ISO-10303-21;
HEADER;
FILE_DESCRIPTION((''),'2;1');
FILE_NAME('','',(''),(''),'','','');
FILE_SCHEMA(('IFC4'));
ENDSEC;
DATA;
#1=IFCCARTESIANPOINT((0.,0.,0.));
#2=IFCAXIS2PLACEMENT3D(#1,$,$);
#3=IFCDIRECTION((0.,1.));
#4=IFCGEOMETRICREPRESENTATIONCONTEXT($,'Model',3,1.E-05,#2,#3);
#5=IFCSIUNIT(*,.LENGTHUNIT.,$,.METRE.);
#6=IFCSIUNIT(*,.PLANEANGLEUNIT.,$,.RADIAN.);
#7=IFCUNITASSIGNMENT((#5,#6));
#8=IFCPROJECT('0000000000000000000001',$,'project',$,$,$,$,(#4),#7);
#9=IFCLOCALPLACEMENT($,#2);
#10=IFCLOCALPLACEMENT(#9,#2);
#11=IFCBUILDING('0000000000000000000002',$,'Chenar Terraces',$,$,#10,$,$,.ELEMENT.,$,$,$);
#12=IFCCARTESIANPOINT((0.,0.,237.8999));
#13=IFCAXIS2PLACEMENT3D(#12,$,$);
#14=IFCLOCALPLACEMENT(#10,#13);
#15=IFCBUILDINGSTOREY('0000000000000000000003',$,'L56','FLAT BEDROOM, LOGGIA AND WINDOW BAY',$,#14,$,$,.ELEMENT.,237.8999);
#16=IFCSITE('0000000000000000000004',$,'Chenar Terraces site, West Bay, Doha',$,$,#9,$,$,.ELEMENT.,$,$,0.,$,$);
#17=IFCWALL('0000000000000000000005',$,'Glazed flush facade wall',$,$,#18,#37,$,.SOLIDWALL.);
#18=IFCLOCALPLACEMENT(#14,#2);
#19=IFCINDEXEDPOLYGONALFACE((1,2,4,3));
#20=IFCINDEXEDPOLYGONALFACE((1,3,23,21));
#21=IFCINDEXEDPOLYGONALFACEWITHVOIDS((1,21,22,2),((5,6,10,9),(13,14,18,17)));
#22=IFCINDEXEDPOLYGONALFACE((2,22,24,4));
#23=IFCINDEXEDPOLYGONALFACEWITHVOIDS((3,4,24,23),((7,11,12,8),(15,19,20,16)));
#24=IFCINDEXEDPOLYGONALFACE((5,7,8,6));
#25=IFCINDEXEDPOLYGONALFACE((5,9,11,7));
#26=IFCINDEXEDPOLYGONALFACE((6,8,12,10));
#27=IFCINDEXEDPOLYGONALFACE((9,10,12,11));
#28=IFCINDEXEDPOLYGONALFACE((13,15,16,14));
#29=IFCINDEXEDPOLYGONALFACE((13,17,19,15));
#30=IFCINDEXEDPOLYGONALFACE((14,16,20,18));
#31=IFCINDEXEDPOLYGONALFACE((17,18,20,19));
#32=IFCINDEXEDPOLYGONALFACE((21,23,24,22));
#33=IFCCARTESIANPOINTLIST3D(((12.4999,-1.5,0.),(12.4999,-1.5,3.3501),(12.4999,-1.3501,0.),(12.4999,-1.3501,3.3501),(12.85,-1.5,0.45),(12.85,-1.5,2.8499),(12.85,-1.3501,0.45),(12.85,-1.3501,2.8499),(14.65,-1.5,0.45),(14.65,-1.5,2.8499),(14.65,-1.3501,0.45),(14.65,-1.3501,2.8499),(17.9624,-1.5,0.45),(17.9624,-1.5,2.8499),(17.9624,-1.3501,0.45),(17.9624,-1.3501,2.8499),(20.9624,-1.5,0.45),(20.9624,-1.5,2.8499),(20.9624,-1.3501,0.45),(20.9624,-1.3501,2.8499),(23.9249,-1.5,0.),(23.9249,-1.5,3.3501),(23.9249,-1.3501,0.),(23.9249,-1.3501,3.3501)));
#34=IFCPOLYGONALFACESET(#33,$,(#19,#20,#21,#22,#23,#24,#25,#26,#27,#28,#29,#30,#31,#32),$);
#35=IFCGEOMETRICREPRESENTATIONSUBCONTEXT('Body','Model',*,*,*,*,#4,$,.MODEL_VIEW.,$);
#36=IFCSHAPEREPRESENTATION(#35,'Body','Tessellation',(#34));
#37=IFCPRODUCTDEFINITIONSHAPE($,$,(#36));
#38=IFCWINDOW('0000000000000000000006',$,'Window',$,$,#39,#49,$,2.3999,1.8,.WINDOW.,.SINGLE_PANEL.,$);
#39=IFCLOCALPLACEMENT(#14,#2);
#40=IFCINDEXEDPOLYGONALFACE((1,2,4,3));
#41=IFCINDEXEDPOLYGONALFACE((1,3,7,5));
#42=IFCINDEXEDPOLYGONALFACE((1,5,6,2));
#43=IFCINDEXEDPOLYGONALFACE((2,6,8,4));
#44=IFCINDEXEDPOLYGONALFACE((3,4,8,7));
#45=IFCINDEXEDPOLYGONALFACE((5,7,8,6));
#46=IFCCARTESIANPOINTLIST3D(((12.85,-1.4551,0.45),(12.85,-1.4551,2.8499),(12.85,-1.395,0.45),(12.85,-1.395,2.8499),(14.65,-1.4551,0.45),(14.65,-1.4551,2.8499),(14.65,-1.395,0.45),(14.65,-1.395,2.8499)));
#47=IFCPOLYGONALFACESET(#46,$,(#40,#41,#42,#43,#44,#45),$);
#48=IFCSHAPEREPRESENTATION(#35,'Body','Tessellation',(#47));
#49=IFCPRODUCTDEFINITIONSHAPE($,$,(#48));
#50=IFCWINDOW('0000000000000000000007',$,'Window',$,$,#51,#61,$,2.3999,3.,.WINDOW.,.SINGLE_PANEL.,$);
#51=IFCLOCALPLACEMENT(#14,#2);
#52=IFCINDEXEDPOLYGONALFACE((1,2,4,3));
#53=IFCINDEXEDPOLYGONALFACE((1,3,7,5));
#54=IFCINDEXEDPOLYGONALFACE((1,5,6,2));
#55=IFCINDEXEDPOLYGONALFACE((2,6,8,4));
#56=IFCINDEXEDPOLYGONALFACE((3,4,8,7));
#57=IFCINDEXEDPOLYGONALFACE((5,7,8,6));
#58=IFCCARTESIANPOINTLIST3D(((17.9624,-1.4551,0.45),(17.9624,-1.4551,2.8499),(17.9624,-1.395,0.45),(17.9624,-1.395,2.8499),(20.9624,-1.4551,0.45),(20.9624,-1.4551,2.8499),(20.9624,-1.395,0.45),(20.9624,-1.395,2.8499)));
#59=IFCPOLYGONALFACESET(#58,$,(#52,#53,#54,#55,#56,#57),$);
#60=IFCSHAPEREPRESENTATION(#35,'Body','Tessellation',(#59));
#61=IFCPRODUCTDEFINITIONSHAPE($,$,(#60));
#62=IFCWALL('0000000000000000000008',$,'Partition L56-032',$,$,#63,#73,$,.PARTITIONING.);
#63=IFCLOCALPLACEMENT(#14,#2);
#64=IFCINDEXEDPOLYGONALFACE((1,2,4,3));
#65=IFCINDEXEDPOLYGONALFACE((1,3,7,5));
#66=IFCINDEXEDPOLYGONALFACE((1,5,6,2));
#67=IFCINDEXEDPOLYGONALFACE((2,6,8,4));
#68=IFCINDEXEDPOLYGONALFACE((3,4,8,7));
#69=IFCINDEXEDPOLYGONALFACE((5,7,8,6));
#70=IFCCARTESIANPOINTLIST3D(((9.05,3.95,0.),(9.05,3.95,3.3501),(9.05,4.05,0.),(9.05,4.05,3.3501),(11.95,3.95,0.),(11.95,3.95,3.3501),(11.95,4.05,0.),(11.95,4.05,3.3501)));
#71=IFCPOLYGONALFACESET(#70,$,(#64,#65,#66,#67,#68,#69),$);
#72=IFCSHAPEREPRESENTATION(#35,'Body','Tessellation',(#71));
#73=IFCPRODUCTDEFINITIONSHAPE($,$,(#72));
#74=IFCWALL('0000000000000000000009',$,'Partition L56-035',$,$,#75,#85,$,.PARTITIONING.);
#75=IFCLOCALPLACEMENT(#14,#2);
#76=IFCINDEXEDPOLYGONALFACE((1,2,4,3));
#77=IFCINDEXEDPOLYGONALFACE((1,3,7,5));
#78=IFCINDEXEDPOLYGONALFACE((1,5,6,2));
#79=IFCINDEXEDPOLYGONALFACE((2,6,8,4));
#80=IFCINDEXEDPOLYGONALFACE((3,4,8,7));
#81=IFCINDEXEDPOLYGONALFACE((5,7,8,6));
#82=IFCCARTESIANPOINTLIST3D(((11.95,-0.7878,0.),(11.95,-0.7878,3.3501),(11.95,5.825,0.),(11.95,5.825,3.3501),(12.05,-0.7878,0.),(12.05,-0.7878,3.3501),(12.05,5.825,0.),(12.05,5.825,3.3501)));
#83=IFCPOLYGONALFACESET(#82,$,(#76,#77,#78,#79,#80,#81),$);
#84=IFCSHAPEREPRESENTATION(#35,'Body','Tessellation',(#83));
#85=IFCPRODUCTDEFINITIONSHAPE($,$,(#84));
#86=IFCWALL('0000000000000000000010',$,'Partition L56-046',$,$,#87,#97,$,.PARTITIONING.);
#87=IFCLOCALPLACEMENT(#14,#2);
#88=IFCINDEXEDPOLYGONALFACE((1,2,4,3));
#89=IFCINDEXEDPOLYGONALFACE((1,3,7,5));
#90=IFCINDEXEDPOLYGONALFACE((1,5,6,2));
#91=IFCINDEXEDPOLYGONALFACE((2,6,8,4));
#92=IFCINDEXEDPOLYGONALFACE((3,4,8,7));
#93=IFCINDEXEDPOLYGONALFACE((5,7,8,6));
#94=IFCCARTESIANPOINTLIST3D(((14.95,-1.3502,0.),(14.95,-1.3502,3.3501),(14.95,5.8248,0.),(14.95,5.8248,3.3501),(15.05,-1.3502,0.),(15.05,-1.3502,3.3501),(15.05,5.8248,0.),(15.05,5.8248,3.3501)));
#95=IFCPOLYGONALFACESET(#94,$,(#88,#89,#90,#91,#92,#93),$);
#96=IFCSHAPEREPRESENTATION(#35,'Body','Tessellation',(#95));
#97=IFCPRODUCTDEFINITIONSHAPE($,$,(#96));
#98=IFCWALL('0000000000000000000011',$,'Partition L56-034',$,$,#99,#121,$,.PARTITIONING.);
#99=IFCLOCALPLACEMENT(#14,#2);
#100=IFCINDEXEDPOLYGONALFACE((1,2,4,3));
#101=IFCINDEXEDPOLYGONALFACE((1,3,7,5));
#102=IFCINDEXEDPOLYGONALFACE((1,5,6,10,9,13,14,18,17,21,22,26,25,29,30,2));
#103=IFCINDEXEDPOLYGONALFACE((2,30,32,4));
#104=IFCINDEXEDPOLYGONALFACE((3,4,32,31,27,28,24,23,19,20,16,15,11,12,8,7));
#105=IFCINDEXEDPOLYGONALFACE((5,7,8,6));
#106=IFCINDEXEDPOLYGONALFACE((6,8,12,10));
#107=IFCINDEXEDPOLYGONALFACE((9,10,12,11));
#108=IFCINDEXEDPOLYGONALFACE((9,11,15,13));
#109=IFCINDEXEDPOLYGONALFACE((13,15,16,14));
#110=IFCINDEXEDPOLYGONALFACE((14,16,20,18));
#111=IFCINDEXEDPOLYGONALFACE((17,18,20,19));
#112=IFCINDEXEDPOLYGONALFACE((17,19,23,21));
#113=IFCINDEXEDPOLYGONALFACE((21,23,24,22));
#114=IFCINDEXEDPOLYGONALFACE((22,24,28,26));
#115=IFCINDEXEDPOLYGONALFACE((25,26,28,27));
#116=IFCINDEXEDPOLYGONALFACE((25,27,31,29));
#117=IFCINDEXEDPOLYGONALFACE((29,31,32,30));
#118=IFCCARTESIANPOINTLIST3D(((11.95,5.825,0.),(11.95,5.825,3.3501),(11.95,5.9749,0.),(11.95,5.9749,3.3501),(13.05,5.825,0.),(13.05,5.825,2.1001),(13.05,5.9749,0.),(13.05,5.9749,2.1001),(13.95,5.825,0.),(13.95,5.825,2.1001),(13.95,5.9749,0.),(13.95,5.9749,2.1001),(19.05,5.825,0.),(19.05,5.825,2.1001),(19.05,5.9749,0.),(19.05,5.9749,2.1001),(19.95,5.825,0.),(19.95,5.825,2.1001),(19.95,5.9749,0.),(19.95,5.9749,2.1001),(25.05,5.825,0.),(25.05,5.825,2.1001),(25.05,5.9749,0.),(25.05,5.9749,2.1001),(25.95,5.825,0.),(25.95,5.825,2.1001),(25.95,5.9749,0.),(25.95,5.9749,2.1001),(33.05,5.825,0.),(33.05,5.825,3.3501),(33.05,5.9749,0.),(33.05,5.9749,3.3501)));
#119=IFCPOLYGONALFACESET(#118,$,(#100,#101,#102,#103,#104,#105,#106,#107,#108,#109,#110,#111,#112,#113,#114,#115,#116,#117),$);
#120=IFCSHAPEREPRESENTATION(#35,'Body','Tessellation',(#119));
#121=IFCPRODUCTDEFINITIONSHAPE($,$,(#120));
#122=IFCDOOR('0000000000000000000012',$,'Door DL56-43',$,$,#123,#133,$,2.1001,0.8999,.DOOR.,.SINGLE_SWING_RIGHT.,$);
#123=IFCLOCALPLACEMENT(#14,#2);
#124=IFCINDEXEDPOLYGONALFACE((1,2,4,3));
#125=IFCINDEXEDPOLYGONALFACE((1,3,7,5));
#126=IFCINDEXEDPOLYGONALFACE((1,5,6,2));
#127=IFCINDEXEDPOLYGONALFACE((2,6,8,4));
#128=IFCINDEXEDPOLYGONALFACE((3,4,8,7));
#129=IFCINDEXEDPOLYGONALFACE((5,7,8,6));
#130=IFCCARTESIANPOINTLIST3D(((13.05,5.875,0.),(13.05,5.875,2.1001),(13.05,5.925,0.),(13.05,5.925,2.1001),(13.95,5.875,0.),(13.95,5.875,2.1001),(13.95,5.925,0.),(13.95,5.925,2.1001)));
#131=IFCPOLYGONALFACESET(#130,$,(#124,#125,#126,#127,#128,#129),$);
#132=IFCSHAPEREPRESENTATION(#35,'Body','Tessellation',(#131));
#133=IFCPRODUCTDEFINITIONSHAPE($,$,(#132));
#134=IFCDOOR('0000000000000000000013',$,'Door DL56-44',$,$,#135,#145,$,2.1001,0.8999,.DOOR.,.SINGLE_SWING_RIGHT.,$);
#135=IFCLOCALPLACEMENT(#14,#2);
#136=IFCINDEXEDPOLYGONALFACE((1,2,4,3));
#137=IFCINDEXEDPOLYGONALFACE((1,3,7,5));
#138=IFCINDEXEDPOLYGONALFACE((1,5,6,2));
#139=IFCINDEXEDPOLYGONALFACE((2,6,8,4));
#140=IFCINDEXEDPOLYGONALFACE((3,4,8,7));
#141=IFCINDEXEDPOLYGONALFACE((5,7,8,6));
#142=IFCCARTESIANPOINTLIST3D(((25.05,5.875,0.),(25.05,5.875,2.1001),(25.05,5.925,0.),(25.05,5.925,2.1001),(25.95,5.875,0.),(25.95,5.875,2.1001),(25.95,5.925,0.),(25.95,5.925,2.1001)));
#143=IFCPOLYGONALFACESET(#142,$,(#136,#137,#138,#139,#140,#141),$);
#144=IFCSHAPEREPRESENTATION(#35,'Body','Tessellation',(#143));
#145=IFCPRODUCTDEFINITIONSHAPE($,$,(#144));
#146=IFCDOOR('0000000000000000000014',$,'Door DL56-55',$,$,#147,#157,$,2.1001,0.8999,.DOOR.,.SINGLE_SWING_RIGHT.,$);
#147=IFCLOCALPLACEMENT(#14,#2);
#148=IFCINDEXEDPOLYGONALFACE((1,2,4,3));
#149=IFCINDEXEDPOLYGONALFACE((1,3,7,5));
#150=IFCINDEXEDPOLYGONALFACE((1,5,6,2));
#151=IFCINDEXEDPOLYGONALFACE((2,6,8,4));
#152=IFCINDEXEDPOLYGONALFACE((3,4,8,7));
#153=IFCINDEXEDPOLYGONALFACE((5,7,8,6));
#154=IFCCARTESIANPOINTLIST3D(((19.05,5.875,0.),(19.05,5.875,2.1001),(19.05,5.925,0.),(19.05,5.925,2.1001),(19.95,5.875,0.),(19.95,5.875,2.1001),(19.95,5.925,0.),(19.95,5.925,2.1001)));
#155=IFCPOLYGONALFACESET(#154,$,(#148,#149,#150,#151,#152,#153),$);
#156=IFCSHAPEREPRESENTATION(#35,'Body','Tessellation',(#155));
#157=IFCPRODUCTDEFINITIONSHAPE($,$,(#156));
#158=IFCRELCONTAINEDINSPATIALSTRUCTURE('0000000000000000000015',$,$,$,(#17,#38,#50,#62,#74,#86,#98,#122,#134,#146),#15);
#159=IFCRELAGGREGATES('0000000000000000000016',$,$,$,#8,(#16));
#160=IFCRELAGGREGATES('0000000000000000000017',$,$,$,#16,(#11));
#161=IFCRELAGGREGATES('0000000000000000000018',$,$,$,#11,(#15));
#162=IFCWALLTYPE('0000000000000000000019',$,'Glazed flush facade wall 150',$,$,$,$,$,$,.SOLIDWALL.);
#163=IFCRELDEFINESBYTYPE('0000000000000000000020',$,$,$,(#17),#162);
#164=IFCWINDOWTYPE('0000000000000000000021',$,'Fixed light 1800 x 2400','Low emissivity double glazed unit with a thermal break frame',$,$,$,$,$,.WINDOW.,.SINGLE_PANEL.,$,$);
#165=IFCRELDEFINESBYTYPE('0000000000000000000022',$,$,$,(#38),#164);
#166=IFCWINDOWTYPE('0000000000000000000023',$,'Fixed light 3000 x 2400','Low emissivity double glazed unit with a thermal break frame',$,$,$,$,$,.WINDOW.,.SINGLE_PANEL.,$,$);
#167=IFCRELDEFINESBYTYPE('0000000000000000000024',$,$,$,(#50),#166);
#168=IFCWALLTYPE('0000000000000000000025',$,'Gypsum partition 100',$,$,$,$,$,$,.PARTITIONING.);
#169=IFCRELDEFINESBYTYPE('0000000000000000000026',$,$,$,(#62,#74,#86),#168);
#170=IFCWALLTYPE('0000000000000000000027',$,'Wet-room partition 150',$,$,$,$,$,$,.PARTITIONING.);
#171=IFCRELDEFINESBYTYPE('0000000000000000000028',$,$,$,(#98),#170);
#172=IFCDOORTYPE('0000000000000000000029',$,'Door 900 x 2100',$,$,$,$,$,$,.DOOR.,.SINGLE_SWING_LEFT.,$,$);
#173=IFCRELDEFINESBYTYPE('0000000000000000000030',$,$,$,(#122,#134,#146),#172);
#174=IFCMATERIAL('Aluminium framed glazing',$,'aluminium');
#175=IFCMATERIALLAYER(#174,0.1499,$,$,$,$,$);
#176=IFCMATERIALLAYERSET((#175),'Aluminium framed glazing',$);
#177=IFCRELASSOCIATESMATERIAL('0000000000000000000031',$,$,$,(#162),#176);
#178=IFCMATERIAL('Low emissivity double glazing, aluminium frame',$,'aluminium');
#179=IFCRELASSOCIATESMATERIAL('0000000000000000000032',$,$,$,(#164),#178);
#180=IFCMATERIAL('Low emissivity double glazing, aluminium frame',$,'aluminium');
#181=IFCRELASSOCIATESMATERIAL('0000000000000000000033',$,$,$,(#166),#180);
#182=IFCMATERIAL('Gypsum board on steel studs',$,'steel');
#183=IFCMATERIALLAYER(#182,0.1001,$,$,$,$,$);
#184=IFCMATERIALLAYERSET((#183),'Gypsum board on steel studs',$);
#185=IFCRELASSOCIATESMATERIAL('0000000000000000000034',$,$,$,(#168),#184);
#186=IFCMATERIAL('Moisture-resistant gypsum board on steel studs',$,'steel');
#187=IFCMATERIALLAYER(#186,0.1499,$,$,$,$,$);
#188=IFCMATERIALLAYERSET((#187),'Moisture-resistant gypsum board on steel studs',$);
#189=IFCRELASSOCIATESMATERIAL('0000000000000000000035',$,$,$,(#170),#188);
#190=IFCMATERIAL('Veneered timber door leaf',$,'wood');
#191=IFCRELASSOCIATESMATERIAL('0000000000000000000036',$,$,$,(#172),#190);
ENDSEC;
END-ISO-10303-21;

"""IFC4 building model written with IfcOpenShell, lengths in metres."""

from ifc_helpers import new_model, si_unit, direction, frame, frame_2d, origin, place, context, subcontext, project, spatial, rectangle, extrude, material, layer, layer_set, type_object, element, fill, save


model = new_model("IFC4")

# Units and contexts
model_context = context("Model", 3, precision=1e-05, world=origin(), true_north=direction((0.0, 1.0)))
body_context = subcontext(model_context, "Body", "Model", "MODEL_VIEW")
ifc_project = project(units=[si_unit("LENGTHUNIT", "METRE"), si_unit("PLANEANGLEUNIT", "RADIAN")], contexts=[model_context])

# Site, building, storey
site_placement = place(None, origin())
site = spatial("IfcSite", under=ifc_project, at=site_placement, Name="Chenar Terraces site, West Bay, Doha", CompositionType="ELEMENT", RefElevation=0.0)
building_placement = place(site_placement, origin())
building = spatial("IfcBuilding", under=site, at=building_placement, Name="Chenar Terraces", CompositionType="ELEMENT")
storey_placement = place(building_placement, frame((0.0, 0.0, 237.8999)))
storey = spatial("IfcBuildingStorey", under=building, at=storey_placement, Name="L56", Description="FLAT BEDROOM, LOGGIA AND WINDOW BAY", CompositionType="ELEMENT", Elevation=237.8999)

# Wall, openings, windows
ifc_material_1 = material(Name="Aluminium framed glazing", Category="aluminium")
ifc_layer_1 = layer(ifc_material_1, 0.1499)
ifc_layer_set_1 = layer_set([ifc_layer_1], Name="Aluminium framed glazing")
wall_type_1 = type_object("IfcWallType", Name="Glazed flush facade wall 150", PredefinedType="SOLIDWALL", material=ifc_layer_set_1)
wall_1_placement = place(storey_placement, frame((12.5, -1.425, 0.0), z_axis=(0.0, 0.0, 1.0), x_axis=(1.0, 0.0, 0.0)))
wall_1 = element("IfcWall", 1, at=wall_1_placement, inside=storey, type_object=wall_type_1, Name="Glazed flush facade wall", PredefinedType="SOLIDWALL", context=body_context, shape_type="SweptSolid", body=[
    extrude(rectangle(XDim=11.425, YDim=0.1499, at=frame_2d((5.7124, 0.0))), origin(), (0.0, 0.0, 1.0), 3.3501),
])
opening_1_placement = place(wall_1_placement, frame((0.3501, 0.0, 0.45)))
opening_1 = element("IfcOpeningElement", 2, at=opening_1_placement, cuts=wall_1, PredefinedType="OPENING", context=body_context, shape_type="SweptSolid", body=[
    extrude(rectangle(XDim=1.8, YDim=2.3999, at=frame_2d((0.8999, 1.2))), frame((0.0, 0.085, 0.0), z_axis=(0.0, -1.0, 0.0), x_axis=(1.0, 0.0, 0.0)), (0.0, 0.0, 1.0), 0.1699),
])
opening_2_placement = place(wall_1_placement, frame((5.4624, 0.0, 0.45)))
opening_2 = element("IfcOpeningElement", 3, at=opening_2_placement, cuts=wall_1, PredefinedType="OPENING", context=body_context, shape_type="SweptSolid", body=[
    extrude(rectangle(XDim=3.0, YDim=2.3999, at=frame_2d((1.5, 1.2))), frame((0.0, 0.085, 0.0), z_axis=(0.0, -1.0, 0.0), x_axis=(1.0, 0.0, 0.0)), (0.0, 0.0, 1.0), 0.1699),
])
ifc_material_2 = material(Name="Low emissivity double glazing, aluminium frame", Category="aluminium")
window_type_1 = type_object("IfcWindowType", Name="Fixed light 1800 x 2400", Description="Low emissivity double glazed unit with a thermal break frame", PartitioningType="SINGLE_PANEL", PredefinedType="WINDOW", material=ifc_material_2)
window_1_placement = place(opening_1_placement, origin())
window_1 = element("IfcWindow", 4, at=window_1_placement, inside=storey, type_object=window_type_1, Name="Window", OverallHeight=2.3999, OverallWidth=1.8, PartitioningType="SINGLE_PANEL", PredefinedType="WINDOW", context=body_context, shape_type="SweptSolid", body=[
    extrude(rectangle(XDim=1.8, YDim=2.3999, at=frame_2d((0.8999, 1.2))), frame((0.0, 0.03, 0.0), z_axis=(0.0, -1.0, 0.0), x_axis=(1.0, 0.0, 0.0)), (0.0, 0.0, 1.0), 0.0601),
])
fill(opening_1, window_1)
ifc_material_3 = material(Name="Low emissivity double glazing, aluminium frame", Category="aluminium")
window_type_2 = type_object("IfcWindowType", Name="Fixed light 3000 x 2400", Description="Low emissivity double glazed unit with a thermal break frame", PartitioningType="SINGLE_PANEL", PredefinedType="WINDOW", material=ifc_material_3)
window_2_placement = place(opening_2_placement, origin())
window_2 = element("IfcWindow", 5, at=window_2_placement, inside=storey, type_object=window_type_2, Name="Window", OverallHeight=2.3999, OverallWidth=3.0, PartitioningType="SINGLE_PANEL", PredefinedType="WINDOW", context=body_context, shape_type="SweptSolid", body=[
    extrude(rectangle(XDim=3.0, YDim=2.3999, at=frame_2d((1.5, 1.2))), frame((0.0, 0.03, 0.0), z_axis=(0.0, -1.0, 0.0), x_axis=(1.0, 0.0, 0.0)), (0.0, 0.0, 1.0), 0.0601),
])
fill(opening_2, window_2)

# Walls
ifc_material_4 = material(Name="Gypsum board on steel studs", Category="steel")
ifc_layer_2 = layer(ifc_material_4, 0.1001)
ifc_layer_set_2 = layer_set([ifc_layer_2], Name="Gypsum board on steel studs")
wall_type_2 = type_object("IfcWallType", Name="Gypsum partition 100", PredefinedType="PARTITIONING", material=ifc_layer_set_2)
wall_2_placement = place(storey_placement, frame((9.05, 4.0, 0.0), z_axis=(0.0, 0.0, 1.0), x_axis=(1.0, 0.0, 0.0)))
element("IfcWall", 6, at=wall_2_placement, inside=storey, type_object=wall_type_2, Name="Partition L56-032", PredefinedType="PARTITIONING", context=body_context, shape_type="SweptSolid", body=[
    extrude(rectangle(XDim=2.8999, YDim=0.1001, at=frame_2d((1.45, 0.0))), origin(), (0.0, 0.0, 1.0), 3.3501),
])
wall_3_placement = place(storey_placement, frame((12.0, -0.7878, 0.0), z_axis=(0.0, 0.0, 1.0), x_axis=(0.0, 1.0, 0.0)))
element("IfcWall", 7, at=wall_3_placement, inside=storey, type_object=wall_type_2, Name="Partition L56-035", PredefinedType="PARTITIONING", context=body_context, shape_type="SweptSolid", body=[
    extrude(rectangle(XDim=6.6128, YDim=0.1001, at=frame_2d((3.3064, 0.0))), origin(), (0.0, 0.0, 1.0), 3.3501),
])
wall_4_placement = place(storey_placement, frame((15.0, -1.3501, 0.0), z_axis=(0.0, 0.0, 1.0), x_axis=(0.0, 1.0, 0.0)))
element("IfcWall", 8, at=wall_4_placement, inside=storey, type_object=wall_type_2, Name="Partition L56-046", PredefinedType="PARTITIONING", context=body_context, shape_type="SweptSolid", body=[
    extrude(rectangle(XDim=7.175, YDim=0.1001, at=frame_2d((3.5874, 0.0))), origin(), (0.0, 0.0, 1.0), 3.3501),
])

# Wall, openings, doors
ifc_material_5 = material(Name="Moisture-resistant gypsum board on steel studs", Category="steel")
ifc_layer_3 = layer(ifc_material_5, 0.1499)
ifc_layer_set_3 = layer_set([ifc_layer_3], Name="Moisture-resistant gypsum board on steel studs")
wall_type_3 = type_object("IfcWallType", Name="Wet-room partition 150", PredefinedType="PARTITIONING", material=ifc_layer_set_3)
wall_5_placement = place(storey_placement, frame((11.95, 5.8999, 0.0), z_axis=(0.0, 0.0, 1.0), x_axis=(1.0, 0.0, 0.0)))
wall_5 = element("IfcWall", 9, at=wall_5_placement, inside=storey, type_object=wall_type_3, Name="Partition L56-034", PredefinedType="PARTITIONING", context=body_context, shape_type="SweptSolid", body=[
    extrude(rectangle(XDim=21.1001, YDim=0.1499, at=frame_2d((10.55, 0.0))), origin(), (0.0, 0.0, 1.0), 3.3501),
])
opening_3_placement = place(wall_5_placement, frame((1.1001, 0.0, 0.0)))
opening_3 = element("IfcOpeningElement", 10, at=opening_3_placement, cuts=wall_5, PredefinedType="OPENING", context=body_context, shape_type="SweptSolid", body=[
    extrude(rectangle(XDim=0.8999, YDim=2.1001, at=frame_2d((0.45, 1.05))), frame((0.0, 0.085, 0.0), z_axis=(0.0, -1.0, 0.0), x_axis=(1.0, 0.0, 0.0)), (0.0, 0.0, 1.0), 0.1699),
])
opening_4_placement = place(wall_5_placement, frame((13.1001, 0.0, 0.0)))
opening_4 = element("IfcOpeningElement", 11, at=opening_4_placement, cuts=wall_5, PredefinedType="OPENING", context=body_context, shape_type="SweptSolid", body=[
    extrude(rectangle(XDim=0.8999, YDim=2.1001, at=frame_2d((0.45, 1.05))), frame((0.0, 0.085, 0.0), z_axis=(0.0, -1.0, 0.0), x_axis=(1.0, 0.0, 0.0)), (0.0, 0.0, 1.0), 0.1699),
])
opening_5_placement = place(wall_5_placement, frame((7.1001, 0.0, 0.0)))
opening_5 = element("IfcOpeningElement", 12, at=opening_5_placement, cuts=wall_5, PredefinedType="OPENING", context=body_context, shape_type="SweptSolid", body=[
    extrude(rectangle(XDim=0.8999, YDim=2.1001, at=frame_2d((0.45, 1.05))), frame((0.0, 0.085, 0.0), z_axis=(0.0, -1.0, 0.0), x_axis=(1.0, 0.0, 0.0)), (0.0, 0.0, 1.0), 0.1699),
])
ifc_material_6 = material(Name="Veneered timber door leaf", Category="wood")
door_type_1 = type_object("IfcDoorType", Name="Door 900 x 2100", OperationType="SINGLE_SWING_LEFT", PredefinedType="DOOR", material=ifc_material_6)
door_1_placement = place(opening_3_placement, frame((0.8999, 0.0, 0.0), z_axis=(0.0, 0.0, 1.0), x_axis=(-1.0, 0.0, 0.0)))
door_1 = element("IfcDoor", 13, at=door_1_placement, inside=storey, type_object=door_type_1, Name="Door DL56-43", OperationType="SINGLE_SWING_RIGHT", OverallHeight=2.1001, OverallWidth=0.8999, PredefinedType="DOOR", context=body_context, shape_type="SweptSolid", body=[
    extrude(rectangle(XDim=0.8999, YDim=2.1001, at=frame_2d((0.45, 1.05))), frame((0.0, 0.0249, 0.0), z_axis=(0.0, -1.0, 0.0), x_axis=(1.0, 0.0, 0.0)), (0.0, 0.0, 1.0), 0.05),
])
fill(opening_3, door_1)
door_2_placement = place(opening_4_placement, frame((0.8999, 0.0, 0.0), z_axis=(0.0, 0.0, 1.0), x_axis=(-1.0, 0.0, 0.0)))
door_2 = element("IfcDoor", 14, at=door_2_placement, inside=storey, type_object=door_type_1, Name="Door DL56-44", OperationType="SINGLE_SWING_RIGHT", OverallHeight=2.1001, OverallWidth=0.8999, PredefinedType="DOOR", context=body_context, shape_type="SweptSolid", body=[
    extrude(rectangle(XDim=0.8999, YDim=2.1001, at=frame_2d((0.45, 1.05))), frame((0.0, 0.0249, 0.0), z_axis=(0.0, -1.0, 0.0), x_axis=(1.0, 0.0, 0.0)), (0.0, 0.0, 1.0), 0.05),
])
fill(opening_4, door_2)
door_3_placement = place(opening_5_placement, frame((0.8999, 0.0, 0.0), z_axis=(0.0, 0.0, 1.0), x_axis=(-1.0, 0.0, 0.0)))
door_3 = element("IfcDoor", 15, at=door_3_placement, inside=storey, type_object=door_type_1, Name="Door DL56-55", OperationType="SINGLE_SWING_RIGHT", OverallHeight=2.1001, OverallWidth=0.8999, PredefinedType="DOOR", context=body_context, shape_type="SweptSolid", body=[
    extrude(rectangle(XDim=0.8999, YDim=2.1001, at=frame_2d((0.45, 1.05))), frame((0.0, 0.0249, 0.0), z_axis=(0.0, -1.0, 0.0), x_axis=(1.0, 0.0, 0.0)), (0.0, 0.0, 1.0), 0.05),
])
fill(opening_5, door_3)

save(model, "model.ifc")
